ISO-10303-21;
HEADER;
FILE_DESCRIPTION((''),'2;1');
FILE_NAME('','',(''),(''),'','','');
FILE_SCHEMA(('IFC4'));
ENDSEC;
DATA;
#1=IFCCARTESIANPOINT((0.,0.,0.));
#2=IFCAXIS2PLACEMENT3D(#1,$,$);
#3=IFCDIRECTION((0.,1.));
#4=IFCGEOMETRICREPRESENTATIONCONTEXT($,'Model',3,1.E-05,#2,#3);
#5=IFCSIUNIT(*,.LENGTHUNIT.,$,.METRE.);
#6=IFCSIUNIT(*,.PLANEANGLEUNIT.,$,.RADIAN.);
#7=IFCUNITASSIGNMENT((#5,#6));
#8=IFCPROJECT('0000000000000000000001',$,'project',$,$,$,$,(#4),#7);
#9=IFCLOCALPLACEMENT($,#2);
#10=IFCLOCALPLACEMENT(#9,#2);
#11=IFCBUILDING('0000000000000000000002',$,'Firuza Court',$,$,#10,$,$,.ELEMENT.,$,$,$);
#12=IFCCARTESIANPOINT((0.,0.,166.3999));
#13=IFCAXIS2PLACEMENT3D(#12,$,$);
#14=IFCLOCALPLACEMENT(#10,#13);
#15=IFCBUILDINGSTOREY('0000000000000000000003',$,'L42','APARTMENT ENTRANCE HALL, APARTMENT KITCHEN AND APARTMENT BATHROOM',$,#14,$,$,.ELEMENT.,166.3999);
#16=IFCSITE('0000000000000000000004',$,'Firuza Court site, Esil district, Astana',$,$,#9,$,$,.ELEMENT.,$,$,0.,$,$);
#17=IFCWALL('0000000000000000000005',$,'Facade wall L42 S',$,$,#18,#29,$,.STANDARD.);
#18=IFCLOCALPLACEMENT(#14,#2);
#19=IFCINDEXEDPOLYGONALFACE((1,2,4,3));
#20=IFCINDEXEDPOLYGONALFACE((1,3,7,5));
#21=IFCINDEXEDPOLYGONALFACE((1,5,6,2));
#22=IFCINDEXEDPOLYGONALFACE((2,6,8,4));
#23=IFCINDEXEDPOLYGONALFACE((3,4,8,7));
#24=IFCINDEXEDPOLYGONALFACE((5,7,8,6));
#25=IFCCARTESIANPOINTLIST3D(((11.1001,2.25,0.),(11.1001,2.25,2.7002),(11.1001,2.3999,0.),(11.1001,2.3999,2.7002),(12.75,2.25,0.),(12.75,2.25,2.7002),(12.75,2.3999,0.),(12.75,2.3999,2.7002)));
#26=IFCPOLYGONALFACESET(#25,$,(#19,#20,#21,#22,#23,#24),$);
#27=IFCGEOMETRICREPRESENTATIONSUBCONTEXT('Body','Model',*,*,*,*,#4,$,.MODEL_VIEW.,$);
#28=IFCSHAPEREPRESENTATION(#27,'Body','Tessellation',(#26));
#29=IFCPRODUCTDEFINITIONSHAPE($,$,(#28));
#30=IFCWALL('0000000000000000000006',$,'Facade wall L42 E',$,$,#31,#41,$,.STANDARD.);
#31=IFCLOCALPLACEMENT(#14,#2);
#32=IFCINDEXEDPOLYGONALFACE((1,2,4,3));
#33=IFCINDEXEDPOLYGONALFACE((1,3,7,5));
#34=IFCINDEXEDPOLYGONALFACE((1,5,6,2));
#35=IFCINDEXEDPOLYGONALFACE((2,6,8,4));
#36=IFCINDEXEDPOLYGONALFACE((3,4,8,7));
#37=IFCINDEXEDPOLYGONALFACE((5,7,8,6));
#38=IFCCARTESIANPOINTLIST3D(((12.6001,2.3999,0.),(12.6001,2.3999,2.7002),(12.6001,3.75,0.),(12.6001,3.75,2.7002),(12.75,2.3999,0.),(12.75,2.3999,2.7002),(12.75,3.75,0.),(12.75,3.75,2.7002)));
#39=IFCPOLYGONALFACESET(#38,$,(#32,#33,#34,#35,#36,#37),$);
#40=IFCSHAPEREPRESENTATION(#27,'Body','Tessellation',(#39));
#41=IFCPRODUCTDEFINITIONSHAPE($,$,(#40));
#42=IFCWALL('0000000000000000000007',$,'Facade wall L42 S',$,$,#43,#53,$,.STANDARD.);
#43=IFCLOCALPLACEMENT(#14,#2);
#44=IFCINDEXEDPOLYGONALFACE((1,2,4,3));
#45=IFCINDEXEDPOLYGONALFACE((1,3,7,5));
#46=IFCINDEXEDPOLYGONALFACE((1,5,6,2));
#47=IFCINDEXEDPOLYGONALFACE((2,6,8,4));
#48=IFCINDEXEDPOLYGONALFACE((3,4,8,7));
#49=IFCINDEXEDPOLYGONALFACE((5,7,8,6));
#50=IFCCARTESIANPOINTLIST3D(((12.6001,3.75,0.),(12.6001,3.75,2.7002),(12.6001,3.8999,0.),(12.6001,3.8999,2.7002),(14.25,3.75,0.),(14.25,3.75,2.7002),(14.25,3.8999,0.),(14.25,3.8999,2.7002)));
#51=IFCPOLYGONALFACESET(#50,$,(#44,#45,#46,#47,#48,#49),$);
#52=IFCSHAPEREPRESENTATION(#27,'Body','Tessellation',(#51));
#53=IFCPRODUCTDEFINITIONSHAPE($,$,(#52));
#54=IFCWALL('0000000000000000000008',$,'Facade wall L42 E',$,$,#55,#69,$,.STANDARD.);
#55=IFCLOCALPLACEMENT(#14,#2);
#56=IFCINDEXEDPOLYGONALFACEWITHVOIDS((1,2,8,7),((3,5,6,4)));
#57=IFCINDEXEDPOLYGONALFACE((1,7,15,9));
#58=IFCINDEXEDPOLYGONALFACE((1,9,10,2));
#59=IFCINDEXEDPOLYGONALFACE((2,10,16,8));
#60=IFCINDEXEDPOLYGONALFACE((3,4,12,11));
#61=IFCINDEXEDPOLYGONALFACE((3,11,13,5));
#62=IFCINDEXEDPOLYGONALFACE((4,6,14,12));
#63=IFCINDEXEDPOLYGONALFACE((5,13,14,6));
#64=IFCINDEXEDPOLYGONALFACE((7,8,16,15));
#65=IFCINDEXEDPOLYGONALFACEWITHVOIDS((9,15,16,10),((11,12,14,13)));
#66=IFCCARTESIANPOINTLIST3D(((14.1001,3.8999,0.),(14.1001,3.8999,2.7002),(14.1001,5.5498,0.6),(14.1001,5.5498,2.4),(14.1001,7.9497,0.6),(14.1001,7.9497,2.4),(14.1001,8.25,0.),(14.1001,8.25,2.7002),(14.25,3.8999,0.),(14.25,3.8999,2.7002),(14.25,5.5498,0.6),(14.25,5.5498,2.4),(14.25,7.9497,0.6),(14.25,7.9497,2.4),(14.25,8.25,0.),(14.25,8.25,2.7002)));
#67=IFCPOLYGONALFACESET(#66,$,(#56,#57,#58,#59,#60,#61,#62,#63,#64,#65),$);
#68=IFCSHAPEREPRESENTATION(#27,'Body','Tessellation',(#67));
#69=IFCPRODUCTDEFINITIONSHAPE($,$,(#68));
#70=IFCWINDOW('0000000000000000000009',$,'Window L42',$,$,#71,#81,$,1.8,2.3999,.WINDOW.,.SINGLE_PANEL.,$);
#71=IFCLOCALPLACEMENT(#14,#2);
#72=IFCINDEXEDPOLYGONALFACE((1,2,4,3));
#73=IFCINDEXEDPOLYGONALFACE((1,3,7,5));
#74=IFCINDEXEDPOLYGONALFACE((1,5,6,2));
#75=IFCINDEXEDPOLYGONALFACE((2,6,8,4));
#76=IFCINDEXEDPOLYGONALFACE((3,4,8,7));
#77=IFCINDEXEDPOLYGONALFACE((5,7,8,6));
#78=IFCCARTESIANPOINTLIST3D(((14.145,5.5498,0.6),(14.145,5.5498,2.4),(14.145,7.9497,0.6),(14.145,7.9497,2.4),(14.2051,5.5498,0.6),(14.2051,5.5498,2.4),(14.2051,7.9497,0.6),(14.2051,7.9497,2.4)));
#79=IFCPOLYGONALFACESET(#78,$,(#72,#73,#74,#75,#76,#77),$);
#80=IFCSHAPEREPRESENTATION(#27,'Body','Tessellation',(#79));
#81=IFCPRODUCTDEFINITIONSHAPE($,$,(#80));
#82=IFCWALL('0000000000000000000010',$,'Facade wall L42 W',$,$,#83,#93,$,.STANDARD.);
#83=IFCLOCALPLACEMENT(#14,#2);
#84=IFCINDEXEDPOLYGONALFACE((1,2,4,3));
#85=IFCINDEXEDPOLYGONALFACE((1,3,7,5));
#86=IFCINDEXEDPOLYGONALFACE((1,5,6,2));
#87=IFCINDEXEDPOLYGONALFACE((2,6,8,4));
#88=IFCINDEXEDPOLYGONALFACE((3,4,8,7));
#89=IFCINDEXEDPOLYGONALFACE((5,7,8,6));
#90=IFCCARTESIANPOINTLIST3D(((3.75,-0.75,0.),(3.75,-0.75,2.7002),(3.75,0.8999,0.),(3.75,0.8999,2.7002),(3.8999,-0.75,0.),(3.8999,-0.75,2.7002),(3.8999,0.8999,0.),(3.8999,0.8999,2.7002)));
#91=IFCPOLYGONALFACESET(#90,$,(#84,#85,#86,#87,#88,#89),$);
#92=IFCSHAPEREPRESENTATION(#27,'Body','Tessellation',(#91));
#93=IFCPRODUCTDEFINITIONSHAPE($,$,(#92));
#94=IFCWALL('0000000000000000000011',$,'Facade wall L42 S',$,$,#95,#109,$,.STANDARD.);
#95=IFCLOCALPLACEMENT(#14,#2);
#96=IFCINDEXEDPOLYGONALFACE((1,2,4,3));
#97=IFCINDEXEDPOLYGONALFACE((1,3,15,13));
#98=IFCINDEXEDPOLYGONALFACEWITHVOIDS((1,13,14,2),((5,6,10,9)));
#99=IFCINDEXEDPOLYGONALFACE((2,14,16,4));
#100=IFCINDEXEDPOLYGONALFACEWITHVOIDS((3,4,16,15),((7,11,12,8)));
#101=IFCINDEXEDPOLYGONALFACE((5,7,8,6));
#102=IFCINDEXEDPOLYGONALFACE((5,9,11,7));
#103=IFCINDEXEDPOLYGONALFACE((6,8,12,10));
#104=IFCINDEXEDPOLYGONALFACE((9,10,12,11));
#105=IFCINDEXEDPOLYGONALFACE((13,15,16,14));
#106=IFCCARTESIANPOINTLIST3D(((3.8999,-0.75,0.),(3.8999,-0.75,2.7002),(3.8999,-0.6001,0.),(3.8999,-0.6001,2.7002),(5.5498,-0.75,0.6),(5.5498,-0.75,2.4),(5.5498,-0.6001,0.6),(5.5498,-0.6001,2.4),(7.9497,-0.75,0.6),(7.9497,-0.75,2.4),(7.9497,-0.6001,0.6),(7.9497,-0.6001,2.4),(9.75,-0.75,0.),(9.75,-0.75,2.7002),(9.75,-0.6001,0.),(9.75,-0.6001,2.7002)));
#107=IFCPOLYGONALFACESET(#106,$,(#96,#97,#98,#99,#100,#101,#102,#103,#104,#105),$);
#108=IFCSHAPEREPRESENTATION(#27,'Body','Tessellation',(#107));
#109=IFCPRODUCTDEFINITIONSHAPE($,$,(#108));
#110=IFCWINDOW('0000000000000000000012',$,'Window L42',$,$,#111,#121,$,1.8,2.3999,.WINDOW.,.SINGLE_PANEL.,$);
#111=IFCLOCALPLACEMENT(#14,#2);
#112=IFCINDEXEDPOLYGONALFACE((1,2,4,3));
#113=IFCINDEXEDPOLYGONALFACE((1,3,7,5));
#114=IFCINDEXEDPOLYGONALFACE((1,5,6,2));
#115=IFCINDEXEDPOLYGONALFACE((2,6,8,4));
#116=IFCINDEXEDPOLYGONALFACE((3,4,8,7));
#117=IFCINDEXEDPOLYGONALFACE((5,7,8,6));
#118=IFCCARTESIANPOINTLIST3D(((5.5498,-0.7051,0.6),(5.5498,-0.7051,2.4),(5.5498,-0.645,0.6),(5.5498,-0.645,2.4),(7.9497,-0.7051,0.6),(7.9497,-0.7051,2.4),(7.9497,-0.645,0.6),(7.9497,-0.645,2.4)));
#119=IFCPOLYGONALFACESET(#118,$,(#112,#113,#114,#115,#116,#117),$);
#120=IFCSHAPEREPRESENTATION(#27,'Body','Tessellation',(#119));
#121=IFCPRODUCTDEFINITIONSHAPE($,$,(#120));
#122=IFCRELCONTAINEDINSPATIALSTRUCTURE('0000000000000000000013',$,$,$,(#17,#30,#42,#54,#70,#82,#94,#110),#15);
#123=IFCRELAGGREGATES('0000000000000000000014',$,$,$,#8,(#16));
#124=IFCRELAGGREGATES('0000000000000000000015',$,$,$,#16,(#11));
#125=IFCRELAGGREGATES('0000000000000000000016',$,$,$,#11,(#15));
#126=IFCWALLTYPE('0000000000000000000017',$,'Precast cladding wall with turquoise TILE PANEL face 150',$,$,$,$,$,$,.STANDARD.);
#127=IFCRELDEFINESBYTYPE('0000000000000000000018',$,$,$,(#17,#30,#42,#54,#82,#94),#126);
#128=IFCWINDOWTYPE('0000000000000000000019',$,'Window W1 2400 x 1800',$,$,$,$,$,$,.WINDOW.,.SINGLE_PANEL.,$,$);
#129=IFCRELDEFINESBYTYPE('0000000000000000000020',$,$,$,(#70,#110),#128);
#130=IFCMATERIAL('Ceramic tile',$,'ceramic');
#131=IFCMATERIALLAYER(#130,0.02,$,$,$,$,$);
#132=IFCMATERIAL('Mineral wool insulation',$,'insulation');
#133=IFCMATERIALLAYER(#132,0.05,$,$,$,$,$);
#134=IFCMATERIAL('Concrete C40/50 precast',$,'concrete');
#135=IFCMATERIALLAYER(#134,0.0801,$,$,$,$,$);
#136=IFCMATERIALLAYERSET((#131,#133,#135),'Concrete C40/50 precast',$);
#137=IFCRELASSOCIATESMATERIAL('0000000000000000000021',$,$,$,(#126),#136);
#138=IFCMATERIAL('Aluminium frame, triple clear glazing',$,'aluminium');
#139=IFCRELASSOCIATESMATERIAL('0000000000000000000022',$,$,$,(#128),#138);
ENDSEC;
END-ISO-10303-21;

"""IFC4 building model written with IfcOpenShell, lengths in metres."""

from ifc_helpers import new_model, si_unit, direction, frame, frame_2d, origin, place, context, subcontext, project, spatial, rectangle, extrude, material, layer, layer_set, type_object, element, fill, save


model = new_model("IFC4")

# Units and contexts
model_context = context("Model", 3, precision=1e-05, world=origin(), true_north=direction((0.0, 1.0)))
body_context = subcontext(model_context, "Body", "Model", "MODEL_VIEW")
ifc_project = project(units=[si_unit("LENGTHUNIT", "METRE"), si_unit("PLANEANGLEUNIT", "RADIAN")], contexts=[model_context])

# Site, building, storey
site_placement = place(None, origin())
site = spatial("IfcSite", under=ifc_project, at=site_placement, Name="Firuza Court site, Esil district, Astana", CompositionType="ELEMENT", RefElevation=0.0)
building_placement = place(site_placement, origin())
building = spatial("IfcBuilding", under=site, at=building_placement, Name="Firuza Court", CompositionType="ELEMENT")
storey_placement = place(building_placement, frame((0.0, 0.0, 166.3999)))
storey = spatial("IfcBuildingStorey", under=building, at=storey_placement, Name="L42", Description="APARTMENT ENTRANCE HALL, APARTMENT KITCHEN AND APARTMENT BATHROOM", CompositionType="ELEMENT", Elevation=166.3999)

# Walls
ifc_material_1 = material(Name="Ceramic tile", Category="ceramic")
ifc_layer_1 = layer(ifc_material_1, 0.02)
ifc_material_2 = material(Name="Mineral wool insulation", Category="insulation")
ifc_layer_2 = layer(ifc_material_2, 0.05)
ifc_material_3 = material(Name="Concrete C40/50 precast", Category="concrete")
ifc_layer_3 = layer(ifc_material_3, 0.0801)
ifc_layer_set_1 = layer_set([ifc_layer_1, ifc_layer_2, ifc_layer_3], Name="Concrete C40/50 precast")
wall_type_1 = type_object("IfcWallType", Name="Precast cladding wall with turquoise TILE PANEL face 150", PredefinedType="STANDARD", material=ifc_layer_set_1)
wall_1_placement = place(storey_placement, frame((11.1001, 2.325, 0.0), z_axis=(0.0, 0.0, 1.0), x_axis=(1.0, 0.0, 0.0)))
element("IfcWall", 1, at=wall_1_placement, inside=storey, type_object=wall_type_1, Name="Facade wall L42 S", PredefinedType="STANDARD", context=body_context, shape_type="SweptSolid", body=[
    extrude(rectangle(XDim=1.6499, YDim=0.1499, at=frame_2d((0.825, 0.0))), origin(), (0.0, 0.0, 1.0), 2.7002),
])
wall_2_placement = place(storey_placement, frame((12.675, 2.3999, 0.0), z_axis=(0.0, 0.0, 1.0), x_axis=(0.0, 1.0, 0.0)))
element("IfcWall", 2, at=wall_2_placement, inside=storey, type_object=wall_type_1, Name="Facade wall L42 E", PredefinedType="STANDARD", context=body_context, shape_type="SweptSolid", body=[
    extrude(rectangle(XDim=1.3501, YDim=0.1499, at=frame_2d((0.675, 0.0))), origin(), (0.0, 0.0, 1.0), 2.7002),
])
wall_3_placement = place(storey_placement, frame((12.6001, 3.825, 0.0), z_axis=(0.0, 0.0, 1.0), x_axis=(1.0, 0.0, 0.0)))
element("IfcWall", 3, at=wall_3_placement, inside=storey, type_object=wall_type_1, Name="Facade wall L42 S", PredefinedType="STANDARD", context=body_context, shape_type="SweptSolid", body=[
    extrude(rectangle(XDim=1.6499, YDim=0.1499, at=frame_2d((0.825, 0.0))), origin(), (0.0, 0.0, 1.0), 2.7002),
])

# Wall, opening, window
wall_4_placement = place(storey_placement, frame((14.175, 3.8999, 0.0), z_axis=(0.0, 0.0, 1.0), x_axis=(0.0, 1.0, 0.0)))
wall_4 = element("IfcWall", 4, at=wall_4_placement, inside=storey, type_object=wall_type_1, Name="Facade wall L42 E", PredefinedType="STANDARD", context=body_context, shape_type="SweptSolid", body=[
    extrude(rectangle(XDim=4.3501, YDim=0.1499, at=frame_2d((2.175, 0.0))), origin(), (0.0, 0.0, 1.0), 2.7002),
])
opening_1_placement = place(wall_4_placement, frame((1.6499, 0.0, 0.6001)))
opening_1 = element("IfcOpeningElement", 5, at=opening_1_placement, cuts=wall_4, PredefinedType="OPENING", context=body_context, shape_type="SweptSolid", body=[
    extrude(rectangle(XDim=2.3999, YDim=1.8, at=frame_2d((1.2, 0.8999))), frame((0.0, 0.0869, 0.0), z_axis=(0.0, -1.0, 0.0), x_axis=(1.0, 0.0, 0.0)), (0.0, 0.0, 1.0), 0.1738),
])
ifc_material_4 = material(Name="Aluminium frame, triple clear glazing", Category="aluminium")
window_type = type_object("IfcWindowType", Name="Window W1 2400 x 1800", PartitioningType="SINGLE_PANEL", PredefinedType="WINDOW", material=ifc_material_4)
window_1_placement = place(opening_1_placement, origin())
window_1 = element("IfcWindow", 6, at=window_1_placement, inside=storey, type_object=window_type, Name="Window L42", OverallHeight=1.8, OverallWidth=2.3999, PartitioningType="SINGLE_PANEL", PredefinedType="WINDOW", context=body_context, shape_type="SweptSolid", body=[
    extrude(rectangle(XDim=2.3999, YDim=1.8, at=frame_2d((1.2, 0.8999))), frame((0.0, 0.03, 0.0), z_axis=(0.0, -1.0, 0.0), x_axis=(1.0, 0.0, 0.0)), (0.0, 0.0, 1.0), 0.0601),
])
fill(opening_1, window_1)

# Wall
wall_5_placement = place(storey_placement, frame((3.825, 0.8999, 0.0), z_axis=(0.0, 0.0, 1.0), x_axis=(0.0, -1.0, 0.0)))
element("IfcWall", 7, at=wall_5_placement, inside=storey, type_object=wall_type_1, Name="Facade wall L42 W", PredefinedType="STANDARD", context=body_context, shape_type="SweptSolid", body=[
    extrude(rectangle(XDim=1.6499, YDim=0.1499, at=frame_2d((0.825, 0.0))), origin(), (0.0, 0.0, 1.0), 2.7002),
])

# Wall, opening, window
wall_6_placement = place(storey_placement, frame((3.8999, -0.675, 0.0), z_axis=(0.0, 0.0, 1.0), x_axis=(1.0, 0.0, 0.0)))
wall_6 = element("IfcWall", 8, at=wall_6_placement, inside=storey, type_object=wall_type_1, Name="Facade wall L42 S", PredefinedType="STANDARD", context=body_context, shape_type="SweptSolid", body=[
    extrude(rectangle(XDim=5.8501, YDim=0.1499, at=frame_2d((2.925, 0.0))), origin(), (0.0, 0.0, 1.0), 2.7002),
])
opening_2_placement = place(wall_6_placement, frame((1.6499, 0.0, 0.6001)))
opening_2 = element("IfcOpeningElement", 9, at=opening_2_placement, cuts=wall_6, PredefinedType="OPENING", context=body_context, shape_type="SweptSolid", body=[
    extrude(rectangle(XDim=2.3999, YDim=1.8, at=frame_2d((1.2, 0.8999))), frame((0.0, 0.0869, 0.0), z_axis=(0.0, -1.0, 0.0), x_axis=(1.0, 0.0, 0.0)), (0.0, 0.0, 1.0), 0.1738),
])
window_2_placement = place(opening_2_placement, origin())
window_2 = element("IfcWindow", 10, at=window_2_placement, inside=storey, type_object=window_type, Name="Window L42", OverallHeight=1.8, OverallWidth=2.3999, PartitioningType="SINGLE_PANEL", PredefinedType="WINDOW", context=body_context, shape_type="SweptSolid", body=[
    extrude(rectangle(XDim=2.3999, YDim=1.8, at=frame_2d((1.2, 0.8999))), frame((0.0, 0.03, 0.0), z_axis=(0.0, -1.0, 0.0), x_axis=(1.0, 0.0, 0.0)), (0.0, 0.0, 1.0), 0.0601),
])
fill(opening_2, window_2)

save(model, "model.ifc")
